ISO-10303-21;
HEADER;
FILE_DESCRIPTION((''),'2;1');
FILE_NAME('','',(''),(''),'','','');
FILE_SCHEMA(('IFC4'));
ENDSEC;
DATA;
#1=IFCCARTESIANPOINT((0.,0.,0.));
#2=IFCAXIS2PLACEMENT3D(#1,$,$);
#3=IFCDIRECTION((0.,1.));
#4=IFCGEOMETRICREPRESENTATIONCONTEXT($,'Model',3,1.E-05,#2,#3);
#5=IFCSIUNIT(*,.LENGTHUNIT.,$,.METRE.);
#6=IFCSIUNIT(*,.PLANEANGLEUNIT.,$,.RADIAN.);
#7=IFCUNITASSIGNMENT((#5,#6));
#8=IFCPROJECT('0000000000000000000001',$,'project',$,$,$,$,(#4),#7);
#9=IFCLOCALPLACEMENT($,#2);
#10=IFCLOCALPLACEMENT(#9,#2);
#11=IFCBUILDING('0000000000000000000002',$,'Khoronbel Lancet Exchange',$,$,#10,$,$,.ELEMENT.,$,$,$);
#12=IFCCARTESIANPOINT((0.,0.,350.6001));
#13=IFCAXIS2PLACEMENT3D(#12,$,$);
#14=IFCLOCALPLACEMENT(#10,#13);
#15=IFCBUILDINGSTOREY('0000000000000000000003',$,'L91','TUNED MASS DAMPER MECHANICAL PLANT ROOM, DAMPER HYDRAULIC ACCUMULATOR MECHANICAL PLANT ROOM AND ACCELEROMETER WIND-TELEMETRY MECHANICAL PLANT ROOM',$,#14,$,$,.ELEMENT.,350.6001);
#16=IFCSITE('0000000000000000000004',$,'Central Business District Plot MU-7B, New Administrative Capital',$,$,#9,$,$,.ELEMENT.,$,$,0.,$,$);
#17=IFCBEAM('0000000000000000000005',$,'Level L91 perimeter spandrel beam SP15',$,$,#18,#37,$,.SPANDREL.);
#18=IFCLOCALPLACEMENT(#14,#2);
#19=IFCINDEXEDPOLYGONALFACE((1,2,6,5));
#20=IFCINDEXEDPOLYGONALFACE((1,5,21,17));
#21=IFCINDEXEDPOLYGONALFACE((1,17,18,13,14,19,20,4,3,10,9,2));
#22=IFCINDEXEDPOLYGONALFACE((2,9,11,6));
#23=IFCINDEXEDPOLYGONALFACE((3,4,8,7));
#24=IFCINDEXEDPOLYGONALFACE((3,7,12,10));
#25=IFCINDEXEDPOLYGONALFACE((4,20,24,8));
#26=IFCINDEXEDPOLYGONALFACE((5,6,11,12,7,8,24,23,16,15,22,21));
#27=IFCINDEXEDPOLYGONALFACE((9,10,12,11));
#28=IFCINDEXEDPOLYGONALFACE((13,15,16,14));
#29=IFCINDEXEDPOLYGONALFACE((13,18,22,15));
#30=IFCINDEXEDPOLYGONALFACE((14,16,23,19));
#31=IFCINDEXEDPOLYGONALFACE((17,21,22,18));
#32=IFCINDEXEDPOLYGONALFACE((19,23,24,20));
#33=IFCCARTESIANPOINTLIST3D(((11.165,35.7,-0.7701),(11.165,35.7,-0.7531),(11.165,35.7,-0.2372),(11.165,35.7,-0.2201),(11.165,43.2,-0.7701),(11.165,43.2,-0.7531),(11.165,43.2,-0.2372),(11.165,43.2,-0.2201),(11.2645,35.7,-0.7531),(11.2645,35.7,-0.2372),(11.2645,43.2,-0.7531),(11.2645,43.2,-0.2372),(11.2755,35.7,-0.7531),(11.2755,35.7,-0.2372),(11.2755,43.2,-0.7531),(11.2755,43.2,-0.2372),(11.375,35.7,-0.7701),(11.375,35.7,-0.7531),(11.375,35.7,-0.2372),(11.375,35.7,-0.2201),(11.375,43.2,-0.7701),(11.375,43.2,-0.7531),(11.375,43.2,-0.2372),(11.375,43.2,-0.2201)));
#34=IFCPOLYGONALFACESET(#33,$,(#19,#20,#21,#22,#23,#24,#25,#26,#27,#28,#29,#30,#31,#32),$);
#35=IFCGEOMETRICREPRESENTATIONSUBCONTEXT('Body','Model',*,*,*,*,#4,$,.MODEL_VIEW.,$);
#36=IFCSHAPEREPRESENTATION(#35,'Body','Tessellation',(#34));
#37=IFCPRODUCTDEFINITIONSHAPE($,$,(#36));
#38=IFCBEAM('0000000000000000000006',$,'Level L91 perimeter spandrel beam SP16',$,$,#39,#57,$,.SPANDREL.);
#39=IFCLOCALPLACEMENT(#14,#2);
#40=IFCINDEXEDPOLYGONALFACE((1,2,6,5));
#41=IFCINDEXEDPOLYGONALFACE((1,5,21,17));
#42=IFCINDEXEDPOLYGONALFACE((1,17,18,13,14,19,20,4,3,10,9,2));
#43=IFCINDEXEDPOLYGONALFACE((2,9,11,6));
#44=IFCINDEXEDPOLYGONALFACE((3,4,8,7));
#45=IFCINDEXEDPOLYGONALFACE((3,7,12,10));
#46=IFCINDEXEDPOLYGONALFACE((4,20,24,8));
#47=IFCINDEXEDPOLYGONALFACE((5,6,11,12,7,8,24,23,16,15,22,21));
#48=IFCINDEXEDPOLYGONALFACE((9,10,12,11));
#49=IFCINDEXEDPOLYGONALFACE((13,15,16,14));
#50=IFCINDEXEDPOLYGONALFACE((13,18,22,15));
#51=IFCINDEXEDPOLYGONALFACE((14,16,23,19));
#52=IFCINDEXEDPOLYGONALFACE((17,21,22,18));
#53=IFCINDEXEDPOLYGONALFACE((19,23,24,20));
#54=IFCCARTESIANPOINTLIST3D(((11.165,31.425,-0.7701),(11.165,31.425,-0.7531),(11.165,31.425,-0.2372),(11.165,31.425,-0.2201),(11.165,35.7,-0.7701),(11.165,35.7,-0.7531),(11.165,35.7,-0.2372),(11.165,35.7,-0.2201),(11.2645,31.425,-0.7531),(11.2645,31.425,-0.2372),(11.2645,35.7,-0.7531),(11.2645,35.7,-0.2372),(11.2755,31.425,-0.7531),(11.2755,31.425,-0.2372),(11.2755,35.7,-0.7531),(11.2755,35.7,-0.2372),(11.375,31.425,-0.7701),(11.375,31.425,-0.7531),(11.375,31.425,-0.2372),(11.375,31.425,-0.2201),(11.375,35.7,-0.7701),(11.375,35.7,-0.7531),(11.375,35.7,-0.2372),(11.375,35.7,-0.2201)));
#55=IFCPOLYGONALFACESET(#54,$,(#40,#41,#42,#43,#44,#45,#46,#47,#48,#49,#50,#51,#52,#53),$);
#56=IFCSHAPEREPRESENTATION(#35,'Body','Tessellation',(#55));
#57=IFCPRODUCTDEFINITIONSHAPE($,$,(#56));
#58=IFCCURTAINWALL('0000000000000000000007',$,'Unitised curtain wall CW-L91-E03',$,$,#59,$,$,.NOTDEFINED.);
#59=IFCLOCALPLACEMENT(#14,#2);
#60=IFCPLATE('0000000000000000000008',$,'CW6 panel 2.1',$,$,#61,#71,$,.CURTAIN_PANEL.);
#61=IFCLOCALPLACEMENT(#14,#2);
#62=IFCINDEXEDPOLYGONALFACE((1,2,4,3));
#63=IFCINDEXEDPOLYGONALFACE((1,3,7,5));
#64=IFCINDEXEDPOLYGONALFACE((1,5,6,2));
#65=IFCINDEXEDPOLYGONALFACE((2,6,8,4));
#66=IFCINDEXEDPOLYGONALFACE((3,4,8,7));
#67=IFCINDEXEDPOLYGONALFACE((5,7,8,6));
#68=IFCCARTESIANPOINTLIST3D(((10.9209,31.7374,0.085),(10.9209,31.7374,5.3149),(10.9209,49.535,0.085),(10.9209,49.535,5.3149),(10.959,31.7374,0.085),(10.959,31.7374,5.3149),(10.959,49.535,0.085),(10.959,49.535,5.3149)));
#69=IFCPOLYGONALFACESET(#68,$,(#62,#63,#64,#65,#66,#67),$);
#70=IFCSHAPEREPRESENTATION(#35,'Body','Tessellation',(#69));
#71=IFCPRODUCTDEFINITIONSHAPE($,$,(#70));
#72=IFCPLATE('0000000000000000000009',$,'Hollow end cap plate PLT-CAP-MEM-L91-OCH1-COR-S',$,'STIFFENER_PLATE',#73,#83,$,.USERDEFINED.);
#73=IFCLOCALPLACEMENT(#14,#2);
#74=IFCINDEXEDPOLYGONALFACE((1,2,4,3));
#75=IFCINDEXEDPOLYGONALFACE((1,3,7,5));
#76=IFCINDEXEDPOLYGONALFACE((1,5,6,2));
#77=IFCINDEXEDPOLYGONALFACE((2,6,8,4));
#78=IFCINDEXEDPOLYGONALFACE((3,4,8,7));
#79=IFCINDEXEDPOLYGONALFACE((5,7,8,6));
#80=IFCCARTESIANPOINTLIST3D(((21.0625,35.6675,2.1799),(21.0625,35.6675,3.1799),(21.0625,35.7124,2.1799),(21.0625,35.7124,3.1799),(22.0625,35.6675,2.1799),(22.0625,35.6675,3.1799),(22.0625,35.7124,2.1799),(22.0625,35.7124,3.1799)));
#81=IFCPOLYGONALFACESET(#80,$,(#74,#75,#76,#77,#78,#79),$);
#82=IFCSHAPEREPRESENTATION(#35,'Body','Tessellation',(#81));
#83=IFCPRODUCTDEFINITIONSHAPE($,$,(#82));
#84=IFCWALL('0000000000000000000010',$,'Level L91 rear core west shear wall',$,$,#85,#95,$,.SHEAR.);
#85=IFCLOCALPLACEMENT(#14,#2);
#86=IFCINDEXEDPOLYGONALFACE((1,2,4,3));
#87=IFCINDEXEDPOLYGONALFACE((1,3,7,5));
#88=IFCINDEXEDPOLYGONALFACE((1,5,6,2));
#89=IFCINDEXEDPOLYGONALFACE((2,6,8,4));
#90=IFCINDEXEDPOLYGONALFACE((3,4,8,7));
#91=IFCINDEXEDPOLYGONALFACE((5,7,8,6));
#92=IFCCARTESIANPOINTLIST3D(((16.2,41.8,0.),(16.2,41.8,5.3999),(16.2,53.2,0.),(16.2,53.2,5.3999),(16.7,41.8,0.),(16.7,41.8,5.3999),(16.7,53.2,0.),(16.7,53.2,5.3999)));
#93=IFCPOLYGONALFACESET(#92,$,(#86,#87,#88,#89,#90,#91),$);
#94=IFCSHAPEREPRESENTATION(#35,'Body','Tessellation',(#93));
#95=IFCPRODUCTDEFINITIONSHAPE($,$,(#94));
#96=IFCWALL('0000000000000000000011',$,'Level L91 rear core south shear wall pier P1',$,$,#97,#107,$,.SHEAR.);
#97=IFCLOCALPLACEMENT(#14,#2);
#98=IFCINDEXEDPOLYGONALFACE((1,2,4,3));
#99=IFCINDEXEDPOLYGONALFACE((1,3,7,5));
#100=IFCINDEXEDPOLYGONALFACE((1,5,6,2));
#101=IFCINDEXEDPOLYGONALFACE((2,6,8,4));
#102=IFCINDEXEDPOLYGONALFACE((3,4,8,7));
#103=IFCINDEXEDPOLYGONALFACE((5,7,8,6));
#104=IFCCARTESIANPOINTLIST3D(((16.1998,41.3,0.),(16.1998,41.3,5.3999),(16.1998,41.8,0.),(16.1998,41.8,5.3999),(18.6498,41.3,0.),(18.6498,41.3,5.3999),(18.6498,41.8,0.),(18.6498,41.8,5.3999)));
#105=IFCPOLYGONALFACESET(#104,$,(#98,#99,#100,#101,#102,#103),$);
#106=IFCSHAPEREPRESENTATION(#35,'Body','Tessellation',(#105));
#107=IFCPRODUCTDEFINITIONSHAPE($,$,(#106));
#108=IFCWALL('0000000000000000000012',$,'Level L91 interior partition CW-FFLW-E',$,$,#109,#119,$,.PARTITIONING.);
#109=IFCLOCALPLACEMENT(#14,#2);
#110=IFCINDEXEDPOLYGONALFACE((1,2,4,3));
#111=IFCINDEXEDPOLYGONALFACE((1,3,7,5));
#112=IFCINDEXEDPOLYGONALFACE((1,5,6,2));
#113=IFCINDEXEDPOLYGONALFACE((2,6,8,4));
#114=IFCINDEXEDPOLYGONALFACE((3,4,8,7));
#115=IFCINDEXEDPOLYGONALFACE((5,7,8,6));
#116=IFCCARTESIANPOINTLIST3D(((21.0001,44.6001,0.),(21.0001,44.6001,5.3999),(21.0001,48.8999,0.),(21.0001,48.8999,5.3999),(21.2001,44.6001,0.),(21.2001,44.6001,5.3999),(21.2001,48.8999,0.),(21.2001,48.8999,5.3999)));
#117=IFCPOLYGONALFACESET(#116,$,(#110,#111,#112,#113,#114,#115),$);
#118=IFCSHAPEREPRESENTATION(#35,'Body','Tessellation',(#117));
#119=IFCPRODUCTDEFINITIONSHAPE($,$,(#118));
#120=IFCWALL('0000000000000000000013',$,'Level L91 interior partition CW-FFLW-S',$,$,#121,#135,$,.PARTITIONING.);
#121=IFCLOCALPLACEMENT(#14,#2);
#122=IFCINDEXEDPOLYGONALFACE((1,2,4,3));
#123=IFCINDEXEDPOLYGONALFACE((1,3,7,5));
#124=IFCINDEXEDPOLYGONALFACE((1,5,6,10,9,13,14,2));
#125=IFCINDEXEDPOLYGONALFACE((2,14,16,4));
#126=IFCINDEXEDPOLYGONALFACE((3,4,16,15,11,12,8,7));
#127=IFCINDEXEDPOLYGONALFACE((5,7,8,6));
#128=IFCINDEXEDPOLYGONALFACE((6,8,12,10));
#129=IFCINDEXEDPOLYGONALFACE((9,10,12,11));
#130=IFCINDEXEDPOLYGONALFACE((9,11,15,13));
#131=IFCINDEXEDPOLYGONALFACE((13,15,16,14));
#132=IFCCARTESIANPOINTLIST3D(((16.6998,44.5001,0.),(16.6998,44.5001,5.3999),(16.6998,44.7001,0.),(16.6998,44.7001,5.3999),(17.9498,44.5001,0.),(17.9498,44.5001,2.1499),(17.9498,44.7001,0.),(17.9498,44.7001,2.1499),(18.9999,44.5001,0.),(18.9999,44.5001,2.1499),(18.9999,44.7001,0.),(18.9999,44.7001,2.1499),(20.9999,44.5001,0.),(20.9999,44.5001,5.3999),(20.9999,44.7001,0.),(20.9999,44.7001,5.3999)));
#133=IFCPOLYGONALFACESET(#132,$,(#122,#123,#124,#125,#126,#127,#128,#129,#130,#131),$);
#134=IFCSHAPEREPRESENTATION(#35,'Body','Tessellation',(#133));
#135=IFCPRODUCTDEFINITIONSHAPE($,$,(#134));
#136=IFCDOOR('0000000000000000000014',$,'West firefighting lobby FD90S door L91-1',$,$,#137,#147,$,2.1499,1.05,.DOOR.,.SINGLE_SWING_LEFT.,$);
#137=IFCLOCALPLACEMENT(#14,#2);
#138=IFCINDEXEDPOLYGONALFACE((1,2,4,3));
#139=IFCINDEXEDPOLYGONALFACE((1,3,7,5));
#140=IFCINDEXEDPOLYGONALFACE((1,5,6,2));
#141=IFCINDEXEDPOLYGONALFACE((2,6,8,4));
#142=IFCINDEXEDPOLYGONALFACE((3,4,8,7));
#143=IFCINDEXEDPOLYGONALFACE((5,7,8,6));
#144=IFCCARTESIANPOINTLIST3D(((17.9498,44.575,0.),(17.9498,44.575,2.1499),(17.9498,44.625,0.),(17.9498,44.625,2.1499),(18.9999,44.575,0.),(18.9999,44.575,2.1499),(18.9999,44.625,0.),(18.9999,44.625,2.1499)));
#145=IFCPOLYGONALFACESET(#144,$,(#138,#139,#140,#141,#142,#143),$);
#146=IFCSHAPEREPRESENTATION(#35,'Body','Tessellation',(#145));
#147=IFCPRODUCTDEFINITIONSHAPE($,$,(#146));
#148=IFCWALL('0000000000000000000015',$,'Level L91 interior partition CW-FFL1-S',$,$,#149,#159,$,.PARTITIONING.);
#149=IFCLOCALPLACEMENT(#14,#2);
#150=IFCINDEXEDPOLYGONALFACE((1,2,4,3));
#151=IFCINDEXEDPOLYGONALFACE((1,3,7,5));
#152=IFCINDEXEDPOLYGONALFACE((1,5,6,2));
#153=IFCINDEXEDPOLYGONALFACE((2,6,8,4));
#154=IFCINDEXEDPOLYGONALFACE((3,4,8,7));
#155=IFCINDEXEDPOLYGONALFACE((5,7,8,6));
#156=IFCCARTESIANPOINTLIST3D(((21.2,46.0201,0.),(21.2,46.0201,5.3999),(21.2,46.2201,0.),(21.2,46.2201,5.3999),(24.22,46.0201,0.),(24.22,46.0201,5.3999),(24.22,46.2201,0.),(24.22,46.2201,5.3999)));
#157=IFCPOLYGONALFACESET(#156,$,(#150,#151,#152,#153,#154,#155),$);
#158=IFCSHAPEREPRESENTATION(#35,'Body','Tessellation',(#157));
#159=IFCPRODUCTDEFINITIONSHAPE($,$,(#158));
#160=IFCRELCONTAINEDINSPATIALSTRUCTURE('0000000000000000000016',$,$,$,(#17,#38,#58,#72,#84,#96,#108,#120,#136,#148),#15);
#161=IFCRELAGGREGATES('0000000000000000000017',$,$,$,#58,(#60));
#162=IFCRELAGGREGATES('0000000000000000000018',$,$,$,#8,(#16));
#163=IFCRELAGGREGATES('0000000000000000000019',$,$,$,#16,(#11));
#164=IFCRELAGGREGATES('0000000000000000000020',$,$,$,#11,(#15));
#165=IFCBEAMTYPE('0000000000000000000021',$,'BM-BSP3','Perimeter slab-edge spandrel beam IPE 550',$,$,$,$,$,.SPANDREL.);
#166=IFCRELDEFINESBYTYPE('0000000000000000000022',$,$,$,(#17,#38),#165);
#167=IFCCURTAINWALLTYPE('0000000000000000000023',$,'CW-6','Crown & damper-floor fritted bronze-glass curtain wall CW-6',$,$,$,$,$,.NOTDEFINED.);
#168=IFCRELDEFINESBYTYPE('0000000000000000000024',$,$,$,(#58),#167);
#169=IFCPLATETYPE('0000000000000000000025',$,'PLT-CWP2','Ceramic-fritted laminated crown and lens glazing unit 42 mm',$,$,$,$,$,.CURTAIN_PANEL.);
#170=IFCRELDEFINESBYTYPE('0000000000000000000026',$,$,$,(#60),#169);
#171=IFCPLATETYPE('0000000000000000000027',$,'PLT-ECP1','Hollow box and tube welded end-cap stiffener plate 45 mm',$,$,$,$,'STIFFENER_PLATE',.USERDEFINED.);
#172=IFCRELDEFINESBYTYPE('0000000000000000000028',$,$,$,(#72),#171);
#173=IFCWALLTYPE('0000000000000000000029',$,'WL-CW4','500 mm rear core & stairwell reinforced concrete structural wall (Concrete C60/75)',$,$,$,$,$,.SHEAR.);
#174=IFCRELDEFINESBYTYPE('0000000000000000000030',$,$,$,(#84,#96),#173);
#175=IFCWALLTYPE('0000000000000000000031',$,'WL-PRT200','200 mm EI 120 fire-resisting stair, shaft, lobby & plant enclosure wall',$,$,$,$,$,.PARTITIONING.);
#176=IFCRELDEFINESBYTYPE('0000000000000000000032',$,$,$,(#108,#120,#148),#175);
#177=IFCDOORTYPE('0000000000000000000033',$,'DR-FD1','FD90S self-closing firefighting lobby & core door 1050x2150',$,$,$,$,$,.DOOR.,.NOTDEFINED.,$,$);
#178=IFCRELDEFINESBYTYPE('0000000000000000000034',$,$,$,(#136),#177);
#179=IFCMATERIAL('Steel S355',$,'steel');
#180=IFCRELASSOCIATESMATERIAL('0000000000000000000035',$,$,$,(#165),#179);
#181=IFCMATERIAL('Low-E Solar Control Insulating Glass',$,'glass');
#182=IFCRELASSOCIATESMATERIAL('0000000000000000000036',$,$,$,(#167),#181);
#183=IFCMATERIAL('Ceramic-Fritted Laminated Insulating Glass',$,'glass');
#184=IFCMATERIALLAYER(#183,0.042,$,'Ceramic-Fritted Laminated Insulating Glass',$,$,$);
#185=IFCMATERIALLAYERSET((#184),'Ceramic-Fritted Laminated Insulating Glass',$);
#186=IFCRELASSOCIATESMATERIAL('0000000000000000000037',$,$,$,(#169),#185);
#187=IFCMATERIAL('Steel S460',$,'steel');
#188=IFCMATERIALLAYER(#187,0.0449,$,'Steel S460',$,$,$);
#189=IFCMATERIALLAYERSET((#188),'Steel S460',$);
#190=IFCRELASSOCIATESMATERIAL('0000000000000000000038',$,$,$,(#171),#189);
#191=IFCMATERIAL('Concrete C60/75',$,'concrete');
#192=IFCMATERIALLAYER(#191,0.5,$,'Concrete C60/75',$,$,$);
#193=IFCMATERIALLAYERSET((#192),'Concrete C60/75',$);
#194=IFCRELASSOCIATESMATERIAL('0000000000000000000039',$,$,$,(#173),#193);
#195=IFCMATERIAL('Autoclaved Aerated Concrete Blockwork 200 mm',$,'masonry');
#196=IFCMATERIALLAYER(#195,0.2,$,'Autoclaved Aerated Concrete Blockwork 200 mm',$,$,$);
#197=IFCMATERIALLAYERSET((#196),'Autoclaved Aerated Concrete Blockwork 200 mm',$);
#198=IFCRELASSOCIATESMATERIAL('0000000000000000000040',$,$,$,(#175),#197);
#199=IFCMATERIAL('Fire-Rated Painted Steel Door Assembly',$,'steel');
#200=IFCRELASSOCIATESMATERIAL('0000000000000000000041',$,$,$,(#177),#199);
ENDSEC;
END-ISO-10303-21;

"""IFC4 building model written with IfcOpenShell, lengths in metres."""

from ifc_helpers import new_model, si_unit, direction, frame, frame_2d, origin, origin_2d, place, context, subcontext, project, spatial, rectangle, i_section, extrude, material, layer, layer_set, material_profile, profile_set, type_object, element, fill, aggregate, save


model = new_model("IFC4")

# Units and contexts
model_context = context("Model", 3, precision=1e-05, world=origin(), true_north=direction((0.0, 1.0)))
body_context = subcontext(model_context, "Body", "Model", "MODEL_VIEW")
ifc_project = project(units=[si_unit("LENGTHUNIT", "METRE"), si_unit("PLANEANGLEUNIT", "RADIAN")], contexts=[model_context])

# Site, building, storey
site_placement = place(None, origin())
site = spatial("IfcSite", under=ifc_project, at=site_placement, Name="Central Business District Plot MU-7B, New Administrative Capital", CompositionType="ELEMENT", RefElevation=0.0)
building_placement = place(site_placement, origin())
building = spatial("IfcBuilding", under=site, at=building_placement, Name="Khoronbel Lancet Exchange", CompositionType="ELEMENT")
storey_placement = place(building_placement, frame((0.0, 0.0, 350.6001)))
storey = spatial("IfcBuildingStorey", under=building, at=storey_placement, Name="L91", Description="TUNED MASS DAMPER MECHANICAL PLANT ROOM, DAMPER HYDRAULIC ACCUMULATOR MECHANICAL PLANT ROOM AND ACCELEROMETER WIND-TELEMETRY MECHANICAL PLANT ROOM", CompositionType="ELEMENT", Elevation=350.6001)

# Shared definitions
ifc_material_1 = material(Name="Steel S355", Category="steel")

# Beams
ifc_material_2 = material(Name="Concrete C60/75", Category="concrete")
ifc_material_profile_1 = material_profile(ifc_material_1, i_section(OverallWidth=0.21, OverallDepth=0.55, WebThickness=0.011, FlangeThickness=0.0171, at=origin_2d()), Name="IPE 550")
ifc_profile_set_1 = profile_set([ifc_material_profile_1], Name="Steel S355")
beam_type_1 = type_object("IfcBeamType", Name="BM-BSP3", Description="Perimeter slab-edge spandrel beam IPE 550", PredefinedType="SPANDREL", material=ifc_profile_set_1)
beam_1_placement = place(storey_placement, frame((11.27, 43.2, -0.4951), z_axis=(0.0, -1.0, 0.0), x_axis=(1.0, 0.0, 0.0)))
element("IfcBeam", 1, at=beam_1_placement, inside=storey, type_object=beam_type_1, Name="Level L91 perimeter spandrel beam SP15", PredefinedType="SPANDREL", context=body_context, shape_type="SweptSolid", body=[
    extrude(i_section(OverallWidth=0.21, OverallDepth=0.55, WebThickness=0.011, FlangeThickness=0.0171, at=origin_2d()), origin(), (0.0, 0.0, 1.0), 7.5),
])
beam_2_placement = place(storey_placement, frame((11.27, 35.7, -0.4951), z_axis=(0.0, -1.0, 0.0), x_axis=(1.0, 0.0, 0.0)))
element("IfcBeam", 2, at=beam_2_placement, inside=storey, type_object=beam_type_1, Name="Level L91 perimeter spandrel beam SP16", PredefinedType="SPANDREL", context=body_context, shape_type="SweptSolid", body=[
    extrude(i_section(OverallWidth=0.21, OverallDepth=0.55, WebThickness=0.011, FlangeThickness=0.0171, at=origin_2d()), origin(), (0.0, 0.0, 1.0), 4.2749),
])

# Curtain wall, plate
ifc_material_3 = material(Name="Low-E Solar Control Insulating Glass", Category="glass")
curtain_wall_type = type_object("IfcCurtainWallType", Name="CW-6", Description="Crown & damper-floor fritted bronze-glass curtain wall CW-6", PredefinedType="NOTDEFINED", material=ifc_material_3)
curtain_wall_placement = place(storey_placement, origin())
curtain_wall = element("IfcCurtainWall", 3, at=curtain_wall_placement, inside=storey, type_object=curtain_wall_type, Name="Unitised curtain wall CW-L91-E03", PredefinedType="NOTDEFINED")
ifc_material_4 = material(Name="Ceramic-Fritted Laminated Insulating Glass", Category="glass")
ifc_layer_1 = layer(ifc_material_4, 0.042, Name="Ceramic-Fritted Laminated Insulating Glass")
ifc_layer_set_1 = layer_set([ifc_layer_1], Name="Ceramic-Fritted Laminated Insulating Glass")
plate_type_1 = type_object("IfcPlateType", Name="PLT-CWP2", Description="Ceramic-fritted laminated crown and lens glazing unit 42 mm", PredefinedType="CURTAIN_PANEL", material=ifc_layer_set_1)
plate_1_placement = place(storey_placement, frame((10.9399, 40.6362, 0.085), z_axis=(0.0, 0.0, 1.0), x_axis=(0.0, 1.0, 0.0)))
plate_1 = element("IfcPlate", 4, at=plate_1_placement, type_object=plate_type_1, Name="CW6 panel 2.1", PredefinedType="CURTAIN_PANEL", context=body_context, shape_type="SweptSolid", body=[
    extrude(rectangle(XDim=17.7976, YDim=0.0381, at=origin_2d()), origin(), (0.0, 0.0, 1.0), 5.23),
])
aggregate(curtain_wall, [plate_1])

# Plate
ifc_material_5 = material(Name="Steel S460", Category="steel")
ifc_layer_2 = layer(ifc_material_5, 0.0449, Name="Steel S460")
ifc_layer_set_2 = layer_set([ifc_layer_2], Name="Steel S460")
plate_type_2 = type_object("IfcPlateType", Name="PLT-ECP1", Description="Hollow box and tube welded end-cap stiffener plate 45 mm", ElementType="STIFFENER_PLATE", PredefinedType="USERDEFINED", material=ifc_layer_set_2)
plate_2_placement = place(storey_placement, frame((21.5625, 35.6899, 2.1799), z_axis=(0.0, 0.0, 1.0), x_axis=(0.0, -1.0, 0.0)))
element("IfcPlate", 5, at=plate_2_placement, inside=storey, type_object=plate_type_2, Name="Hollow end cap plate PLT-CAP-MEM-L91-OCH1-COR-S", ObjectType="STIFFENER_PLATE", PredefinedType="USERDEFINED", context=body_context, shape_type="SweptSolid", body=[
    extrude(rectangle(XDim=0.0449, YDim=1.0, at=origin_2d()), origin(), (0.0, 0.0, 1.0), 1.0),
])

# Walls
ifc_layer_3 = layer(ifc_material_2, 0.5, Name="Concrete C60/75")
ifc_layer_set_3 = layer_set([ifc_layer_3], Name="Concrete C60/75")
wall_type_1 = type_object("IfcWallType", Name="WL-CW4", Description="500 mm rear core & stairwell reinforced concrete structural wall (Concrete C60/75)", PredefinedType="SHEAR", material=ifc_layer_set_3)
wall_1_placement = place(storey_placement, frame((16.45, 41.8, 0.0), z_axis=(0.0, 0.0, 1.0), x_axis=(0.0, 1.0, 0.0)))
element("IfcWall", 6, at=wall_1_placement, inside=storey, type_object=wall_type_1, Name="Level L91 rear core west shear wall", PredefinedType="SHEAR", context=body_context, shape_type="SweptSolid", body=[
    extrude(rectangle(XDim=11.3999, YDim=0.5, at=frame_2d((5.7, 0.0))), origin(), (0.0, 0.0, 1.0), 5.3999),
])
wall_2_placement = place(storey_placement, frame((18.6499, 41.55, 0.0), z_axis=(0.0, 0.0, 1.0), x_axis=(-1.0, 0.0, 0.0)))
element("IfcWall", 7, at=wall_2_placement, inside=storey, type_object=wall_type_1, Name="Level L91 rear core south shear wall pier P1", PredefinedType="SHEAR", context=body_context, shape_type="SweptSolid", body=[
    extrude(rectangle(XDim=2.45, YDim=0.5, at=frame_2d((1.2251, 0.0))), origin(), (0.0, 0.0, 1.0), 5.3999),
])
ifc_material_6 = material(Name="Autoclaved Aerated Concrete Blockwork 200 mm", Category="masonry")
ifc_layer_4 = layer(ifc_material_6, 0.2, Name="Autoclaved Aerated Concrete Blockwork 200 mm")
ifc_layer_set_4 = layer_set([ifc_layer_4], Name="Autoclaved Aerated Concrete Blockwork 200 mm")
wall_type_2 = type_object("IfcWallType", Name="WL-PRT200", Description="200 mm EI 120 fire-resisting stair, shaft, lobby & plant enclosure wall", PredefinedType="PARTITIONING", material=ifc_layer_set_4)
wall_3_placement = place(storey_placement, frame((21.1001, 44.6001, 0.0), z_axis=(0.0, 0.0, 1.0), x_axis=(0.0, 1.0, 0.0)))
element("IfcWall", 8, at=wall_3_placement, inside=storey, type_object=wall_type_2, Name="Level L91 interior partition CW-FFLW-E", PredefinedType="PARTITIONING", context=body_context, shape_type="SweptSolid", body=[
    extrude(rectangle(XDim=4.2998, YDim=0.2, at=frame_2d((2.1499, 0.0))), origin(), (0.0, 0.0, 1.0), 5.3999),
])

# Wall, opening, door
wall_4_placement = place(storey_placement, frame((16.7, 44.6001, 0.0), z_axis=(0.0, 0.0, 1.0), x_axis=(1.0, 0.0, 0.0)))
wall_4 = element("IfcWall", 9, at=wall_4_placement, inside=storey, type_object=wall_type_2, Name="Level L91 interior partition CW-FFLW-S", PredefinedType="PARTITIONING", context=body_context, shape_type="SweptSolid", body=[
    extrude(rectangle(XDim=4.3, YDim=0.2, at=frame_2d((2.1499, 0.0))), origin(), (0.0, 0.0, 1.0), 5.3999),
])
opening_1_placement = place(wall_4_placement, frame((1.25, 0.0, 0.0)))
opening_1 = element("IfcOpeningElement", 10, at=opening_1_placement, cuts=wall_4, PredefinedType="OPENING", context=body_context, shape_type="SweptSolid", body=[
    extrude(rectangle(XDim=1.05, YDim=2.1499, at=frame_2d((0.5249, 1.075))), frame((0.0, 0.1099, 0.0), z_axis=(0.0, -1.0, 0.0), x_axis=(1.0, 0.0, 0.0)), (0.0, 0.0, 1.0), 0.22),
])
ifc_material_7 = material(Name="Fire-Rated Painted Steel Door Assembly", Category="steel")
door_type_1 = type_object("IfcDoorType", Name="DR-FD1", Description="FD90S self-closing firefighting lobby & core door 1050x2150", OperationType="NOTDEFINED", PredefinedType="DOOR", material=ifc_material_7)
door_1_placement = place(opening_1_placement, origin())
door_1 = element("IfcDoor", 11, at=door_1_placement, inside=storey, type_object=door_type_1, Name="West firefighting lobby FD90S door L91-1", OperationType="SINGLE_SWING_LEFT", OverallHeight=2.1499, OverallWidth=1.05, PredefinedType="DOOR", context=body_context, shape_type="SweptSolid", body=[
    extrude(rectangle(XDim=1.05, YDim=2.1499, at=frame_2d((0.5249, 1.075))), frame((0.0, 0.0249, 0.0), z_axis=(0.0, -1.0, 0.0), x_axis=(1.0, 0.0, 0.0)), (0.0, 0.0, 1.0), 0.05),
])
fill(opening_1, door_1)

# Wall
wall_5_placement = place(storey_placement, frame((21.2, 46.1201, 0.0), z_axis=(0.0, 0.0, 1.0), x_axis=(1.0, 0.0, 0.0)))
element("IfcWall", 12, at=wall_5_placement, inside=storey, type_object=wall_type_2, Name="Level L91 interior partition CW-FFL1-S", PredefinedType="PARTITIONING", context=body_context, shape_type="SweptSolid", body=[
    extrude(rectangle(XDim=3.02, YDim=0.2, at=frame_2d((1.51, 0.0))), origin(), (0.0, 0.0, 1.0), 5.3999),
])

save(model, "model.ifc")
